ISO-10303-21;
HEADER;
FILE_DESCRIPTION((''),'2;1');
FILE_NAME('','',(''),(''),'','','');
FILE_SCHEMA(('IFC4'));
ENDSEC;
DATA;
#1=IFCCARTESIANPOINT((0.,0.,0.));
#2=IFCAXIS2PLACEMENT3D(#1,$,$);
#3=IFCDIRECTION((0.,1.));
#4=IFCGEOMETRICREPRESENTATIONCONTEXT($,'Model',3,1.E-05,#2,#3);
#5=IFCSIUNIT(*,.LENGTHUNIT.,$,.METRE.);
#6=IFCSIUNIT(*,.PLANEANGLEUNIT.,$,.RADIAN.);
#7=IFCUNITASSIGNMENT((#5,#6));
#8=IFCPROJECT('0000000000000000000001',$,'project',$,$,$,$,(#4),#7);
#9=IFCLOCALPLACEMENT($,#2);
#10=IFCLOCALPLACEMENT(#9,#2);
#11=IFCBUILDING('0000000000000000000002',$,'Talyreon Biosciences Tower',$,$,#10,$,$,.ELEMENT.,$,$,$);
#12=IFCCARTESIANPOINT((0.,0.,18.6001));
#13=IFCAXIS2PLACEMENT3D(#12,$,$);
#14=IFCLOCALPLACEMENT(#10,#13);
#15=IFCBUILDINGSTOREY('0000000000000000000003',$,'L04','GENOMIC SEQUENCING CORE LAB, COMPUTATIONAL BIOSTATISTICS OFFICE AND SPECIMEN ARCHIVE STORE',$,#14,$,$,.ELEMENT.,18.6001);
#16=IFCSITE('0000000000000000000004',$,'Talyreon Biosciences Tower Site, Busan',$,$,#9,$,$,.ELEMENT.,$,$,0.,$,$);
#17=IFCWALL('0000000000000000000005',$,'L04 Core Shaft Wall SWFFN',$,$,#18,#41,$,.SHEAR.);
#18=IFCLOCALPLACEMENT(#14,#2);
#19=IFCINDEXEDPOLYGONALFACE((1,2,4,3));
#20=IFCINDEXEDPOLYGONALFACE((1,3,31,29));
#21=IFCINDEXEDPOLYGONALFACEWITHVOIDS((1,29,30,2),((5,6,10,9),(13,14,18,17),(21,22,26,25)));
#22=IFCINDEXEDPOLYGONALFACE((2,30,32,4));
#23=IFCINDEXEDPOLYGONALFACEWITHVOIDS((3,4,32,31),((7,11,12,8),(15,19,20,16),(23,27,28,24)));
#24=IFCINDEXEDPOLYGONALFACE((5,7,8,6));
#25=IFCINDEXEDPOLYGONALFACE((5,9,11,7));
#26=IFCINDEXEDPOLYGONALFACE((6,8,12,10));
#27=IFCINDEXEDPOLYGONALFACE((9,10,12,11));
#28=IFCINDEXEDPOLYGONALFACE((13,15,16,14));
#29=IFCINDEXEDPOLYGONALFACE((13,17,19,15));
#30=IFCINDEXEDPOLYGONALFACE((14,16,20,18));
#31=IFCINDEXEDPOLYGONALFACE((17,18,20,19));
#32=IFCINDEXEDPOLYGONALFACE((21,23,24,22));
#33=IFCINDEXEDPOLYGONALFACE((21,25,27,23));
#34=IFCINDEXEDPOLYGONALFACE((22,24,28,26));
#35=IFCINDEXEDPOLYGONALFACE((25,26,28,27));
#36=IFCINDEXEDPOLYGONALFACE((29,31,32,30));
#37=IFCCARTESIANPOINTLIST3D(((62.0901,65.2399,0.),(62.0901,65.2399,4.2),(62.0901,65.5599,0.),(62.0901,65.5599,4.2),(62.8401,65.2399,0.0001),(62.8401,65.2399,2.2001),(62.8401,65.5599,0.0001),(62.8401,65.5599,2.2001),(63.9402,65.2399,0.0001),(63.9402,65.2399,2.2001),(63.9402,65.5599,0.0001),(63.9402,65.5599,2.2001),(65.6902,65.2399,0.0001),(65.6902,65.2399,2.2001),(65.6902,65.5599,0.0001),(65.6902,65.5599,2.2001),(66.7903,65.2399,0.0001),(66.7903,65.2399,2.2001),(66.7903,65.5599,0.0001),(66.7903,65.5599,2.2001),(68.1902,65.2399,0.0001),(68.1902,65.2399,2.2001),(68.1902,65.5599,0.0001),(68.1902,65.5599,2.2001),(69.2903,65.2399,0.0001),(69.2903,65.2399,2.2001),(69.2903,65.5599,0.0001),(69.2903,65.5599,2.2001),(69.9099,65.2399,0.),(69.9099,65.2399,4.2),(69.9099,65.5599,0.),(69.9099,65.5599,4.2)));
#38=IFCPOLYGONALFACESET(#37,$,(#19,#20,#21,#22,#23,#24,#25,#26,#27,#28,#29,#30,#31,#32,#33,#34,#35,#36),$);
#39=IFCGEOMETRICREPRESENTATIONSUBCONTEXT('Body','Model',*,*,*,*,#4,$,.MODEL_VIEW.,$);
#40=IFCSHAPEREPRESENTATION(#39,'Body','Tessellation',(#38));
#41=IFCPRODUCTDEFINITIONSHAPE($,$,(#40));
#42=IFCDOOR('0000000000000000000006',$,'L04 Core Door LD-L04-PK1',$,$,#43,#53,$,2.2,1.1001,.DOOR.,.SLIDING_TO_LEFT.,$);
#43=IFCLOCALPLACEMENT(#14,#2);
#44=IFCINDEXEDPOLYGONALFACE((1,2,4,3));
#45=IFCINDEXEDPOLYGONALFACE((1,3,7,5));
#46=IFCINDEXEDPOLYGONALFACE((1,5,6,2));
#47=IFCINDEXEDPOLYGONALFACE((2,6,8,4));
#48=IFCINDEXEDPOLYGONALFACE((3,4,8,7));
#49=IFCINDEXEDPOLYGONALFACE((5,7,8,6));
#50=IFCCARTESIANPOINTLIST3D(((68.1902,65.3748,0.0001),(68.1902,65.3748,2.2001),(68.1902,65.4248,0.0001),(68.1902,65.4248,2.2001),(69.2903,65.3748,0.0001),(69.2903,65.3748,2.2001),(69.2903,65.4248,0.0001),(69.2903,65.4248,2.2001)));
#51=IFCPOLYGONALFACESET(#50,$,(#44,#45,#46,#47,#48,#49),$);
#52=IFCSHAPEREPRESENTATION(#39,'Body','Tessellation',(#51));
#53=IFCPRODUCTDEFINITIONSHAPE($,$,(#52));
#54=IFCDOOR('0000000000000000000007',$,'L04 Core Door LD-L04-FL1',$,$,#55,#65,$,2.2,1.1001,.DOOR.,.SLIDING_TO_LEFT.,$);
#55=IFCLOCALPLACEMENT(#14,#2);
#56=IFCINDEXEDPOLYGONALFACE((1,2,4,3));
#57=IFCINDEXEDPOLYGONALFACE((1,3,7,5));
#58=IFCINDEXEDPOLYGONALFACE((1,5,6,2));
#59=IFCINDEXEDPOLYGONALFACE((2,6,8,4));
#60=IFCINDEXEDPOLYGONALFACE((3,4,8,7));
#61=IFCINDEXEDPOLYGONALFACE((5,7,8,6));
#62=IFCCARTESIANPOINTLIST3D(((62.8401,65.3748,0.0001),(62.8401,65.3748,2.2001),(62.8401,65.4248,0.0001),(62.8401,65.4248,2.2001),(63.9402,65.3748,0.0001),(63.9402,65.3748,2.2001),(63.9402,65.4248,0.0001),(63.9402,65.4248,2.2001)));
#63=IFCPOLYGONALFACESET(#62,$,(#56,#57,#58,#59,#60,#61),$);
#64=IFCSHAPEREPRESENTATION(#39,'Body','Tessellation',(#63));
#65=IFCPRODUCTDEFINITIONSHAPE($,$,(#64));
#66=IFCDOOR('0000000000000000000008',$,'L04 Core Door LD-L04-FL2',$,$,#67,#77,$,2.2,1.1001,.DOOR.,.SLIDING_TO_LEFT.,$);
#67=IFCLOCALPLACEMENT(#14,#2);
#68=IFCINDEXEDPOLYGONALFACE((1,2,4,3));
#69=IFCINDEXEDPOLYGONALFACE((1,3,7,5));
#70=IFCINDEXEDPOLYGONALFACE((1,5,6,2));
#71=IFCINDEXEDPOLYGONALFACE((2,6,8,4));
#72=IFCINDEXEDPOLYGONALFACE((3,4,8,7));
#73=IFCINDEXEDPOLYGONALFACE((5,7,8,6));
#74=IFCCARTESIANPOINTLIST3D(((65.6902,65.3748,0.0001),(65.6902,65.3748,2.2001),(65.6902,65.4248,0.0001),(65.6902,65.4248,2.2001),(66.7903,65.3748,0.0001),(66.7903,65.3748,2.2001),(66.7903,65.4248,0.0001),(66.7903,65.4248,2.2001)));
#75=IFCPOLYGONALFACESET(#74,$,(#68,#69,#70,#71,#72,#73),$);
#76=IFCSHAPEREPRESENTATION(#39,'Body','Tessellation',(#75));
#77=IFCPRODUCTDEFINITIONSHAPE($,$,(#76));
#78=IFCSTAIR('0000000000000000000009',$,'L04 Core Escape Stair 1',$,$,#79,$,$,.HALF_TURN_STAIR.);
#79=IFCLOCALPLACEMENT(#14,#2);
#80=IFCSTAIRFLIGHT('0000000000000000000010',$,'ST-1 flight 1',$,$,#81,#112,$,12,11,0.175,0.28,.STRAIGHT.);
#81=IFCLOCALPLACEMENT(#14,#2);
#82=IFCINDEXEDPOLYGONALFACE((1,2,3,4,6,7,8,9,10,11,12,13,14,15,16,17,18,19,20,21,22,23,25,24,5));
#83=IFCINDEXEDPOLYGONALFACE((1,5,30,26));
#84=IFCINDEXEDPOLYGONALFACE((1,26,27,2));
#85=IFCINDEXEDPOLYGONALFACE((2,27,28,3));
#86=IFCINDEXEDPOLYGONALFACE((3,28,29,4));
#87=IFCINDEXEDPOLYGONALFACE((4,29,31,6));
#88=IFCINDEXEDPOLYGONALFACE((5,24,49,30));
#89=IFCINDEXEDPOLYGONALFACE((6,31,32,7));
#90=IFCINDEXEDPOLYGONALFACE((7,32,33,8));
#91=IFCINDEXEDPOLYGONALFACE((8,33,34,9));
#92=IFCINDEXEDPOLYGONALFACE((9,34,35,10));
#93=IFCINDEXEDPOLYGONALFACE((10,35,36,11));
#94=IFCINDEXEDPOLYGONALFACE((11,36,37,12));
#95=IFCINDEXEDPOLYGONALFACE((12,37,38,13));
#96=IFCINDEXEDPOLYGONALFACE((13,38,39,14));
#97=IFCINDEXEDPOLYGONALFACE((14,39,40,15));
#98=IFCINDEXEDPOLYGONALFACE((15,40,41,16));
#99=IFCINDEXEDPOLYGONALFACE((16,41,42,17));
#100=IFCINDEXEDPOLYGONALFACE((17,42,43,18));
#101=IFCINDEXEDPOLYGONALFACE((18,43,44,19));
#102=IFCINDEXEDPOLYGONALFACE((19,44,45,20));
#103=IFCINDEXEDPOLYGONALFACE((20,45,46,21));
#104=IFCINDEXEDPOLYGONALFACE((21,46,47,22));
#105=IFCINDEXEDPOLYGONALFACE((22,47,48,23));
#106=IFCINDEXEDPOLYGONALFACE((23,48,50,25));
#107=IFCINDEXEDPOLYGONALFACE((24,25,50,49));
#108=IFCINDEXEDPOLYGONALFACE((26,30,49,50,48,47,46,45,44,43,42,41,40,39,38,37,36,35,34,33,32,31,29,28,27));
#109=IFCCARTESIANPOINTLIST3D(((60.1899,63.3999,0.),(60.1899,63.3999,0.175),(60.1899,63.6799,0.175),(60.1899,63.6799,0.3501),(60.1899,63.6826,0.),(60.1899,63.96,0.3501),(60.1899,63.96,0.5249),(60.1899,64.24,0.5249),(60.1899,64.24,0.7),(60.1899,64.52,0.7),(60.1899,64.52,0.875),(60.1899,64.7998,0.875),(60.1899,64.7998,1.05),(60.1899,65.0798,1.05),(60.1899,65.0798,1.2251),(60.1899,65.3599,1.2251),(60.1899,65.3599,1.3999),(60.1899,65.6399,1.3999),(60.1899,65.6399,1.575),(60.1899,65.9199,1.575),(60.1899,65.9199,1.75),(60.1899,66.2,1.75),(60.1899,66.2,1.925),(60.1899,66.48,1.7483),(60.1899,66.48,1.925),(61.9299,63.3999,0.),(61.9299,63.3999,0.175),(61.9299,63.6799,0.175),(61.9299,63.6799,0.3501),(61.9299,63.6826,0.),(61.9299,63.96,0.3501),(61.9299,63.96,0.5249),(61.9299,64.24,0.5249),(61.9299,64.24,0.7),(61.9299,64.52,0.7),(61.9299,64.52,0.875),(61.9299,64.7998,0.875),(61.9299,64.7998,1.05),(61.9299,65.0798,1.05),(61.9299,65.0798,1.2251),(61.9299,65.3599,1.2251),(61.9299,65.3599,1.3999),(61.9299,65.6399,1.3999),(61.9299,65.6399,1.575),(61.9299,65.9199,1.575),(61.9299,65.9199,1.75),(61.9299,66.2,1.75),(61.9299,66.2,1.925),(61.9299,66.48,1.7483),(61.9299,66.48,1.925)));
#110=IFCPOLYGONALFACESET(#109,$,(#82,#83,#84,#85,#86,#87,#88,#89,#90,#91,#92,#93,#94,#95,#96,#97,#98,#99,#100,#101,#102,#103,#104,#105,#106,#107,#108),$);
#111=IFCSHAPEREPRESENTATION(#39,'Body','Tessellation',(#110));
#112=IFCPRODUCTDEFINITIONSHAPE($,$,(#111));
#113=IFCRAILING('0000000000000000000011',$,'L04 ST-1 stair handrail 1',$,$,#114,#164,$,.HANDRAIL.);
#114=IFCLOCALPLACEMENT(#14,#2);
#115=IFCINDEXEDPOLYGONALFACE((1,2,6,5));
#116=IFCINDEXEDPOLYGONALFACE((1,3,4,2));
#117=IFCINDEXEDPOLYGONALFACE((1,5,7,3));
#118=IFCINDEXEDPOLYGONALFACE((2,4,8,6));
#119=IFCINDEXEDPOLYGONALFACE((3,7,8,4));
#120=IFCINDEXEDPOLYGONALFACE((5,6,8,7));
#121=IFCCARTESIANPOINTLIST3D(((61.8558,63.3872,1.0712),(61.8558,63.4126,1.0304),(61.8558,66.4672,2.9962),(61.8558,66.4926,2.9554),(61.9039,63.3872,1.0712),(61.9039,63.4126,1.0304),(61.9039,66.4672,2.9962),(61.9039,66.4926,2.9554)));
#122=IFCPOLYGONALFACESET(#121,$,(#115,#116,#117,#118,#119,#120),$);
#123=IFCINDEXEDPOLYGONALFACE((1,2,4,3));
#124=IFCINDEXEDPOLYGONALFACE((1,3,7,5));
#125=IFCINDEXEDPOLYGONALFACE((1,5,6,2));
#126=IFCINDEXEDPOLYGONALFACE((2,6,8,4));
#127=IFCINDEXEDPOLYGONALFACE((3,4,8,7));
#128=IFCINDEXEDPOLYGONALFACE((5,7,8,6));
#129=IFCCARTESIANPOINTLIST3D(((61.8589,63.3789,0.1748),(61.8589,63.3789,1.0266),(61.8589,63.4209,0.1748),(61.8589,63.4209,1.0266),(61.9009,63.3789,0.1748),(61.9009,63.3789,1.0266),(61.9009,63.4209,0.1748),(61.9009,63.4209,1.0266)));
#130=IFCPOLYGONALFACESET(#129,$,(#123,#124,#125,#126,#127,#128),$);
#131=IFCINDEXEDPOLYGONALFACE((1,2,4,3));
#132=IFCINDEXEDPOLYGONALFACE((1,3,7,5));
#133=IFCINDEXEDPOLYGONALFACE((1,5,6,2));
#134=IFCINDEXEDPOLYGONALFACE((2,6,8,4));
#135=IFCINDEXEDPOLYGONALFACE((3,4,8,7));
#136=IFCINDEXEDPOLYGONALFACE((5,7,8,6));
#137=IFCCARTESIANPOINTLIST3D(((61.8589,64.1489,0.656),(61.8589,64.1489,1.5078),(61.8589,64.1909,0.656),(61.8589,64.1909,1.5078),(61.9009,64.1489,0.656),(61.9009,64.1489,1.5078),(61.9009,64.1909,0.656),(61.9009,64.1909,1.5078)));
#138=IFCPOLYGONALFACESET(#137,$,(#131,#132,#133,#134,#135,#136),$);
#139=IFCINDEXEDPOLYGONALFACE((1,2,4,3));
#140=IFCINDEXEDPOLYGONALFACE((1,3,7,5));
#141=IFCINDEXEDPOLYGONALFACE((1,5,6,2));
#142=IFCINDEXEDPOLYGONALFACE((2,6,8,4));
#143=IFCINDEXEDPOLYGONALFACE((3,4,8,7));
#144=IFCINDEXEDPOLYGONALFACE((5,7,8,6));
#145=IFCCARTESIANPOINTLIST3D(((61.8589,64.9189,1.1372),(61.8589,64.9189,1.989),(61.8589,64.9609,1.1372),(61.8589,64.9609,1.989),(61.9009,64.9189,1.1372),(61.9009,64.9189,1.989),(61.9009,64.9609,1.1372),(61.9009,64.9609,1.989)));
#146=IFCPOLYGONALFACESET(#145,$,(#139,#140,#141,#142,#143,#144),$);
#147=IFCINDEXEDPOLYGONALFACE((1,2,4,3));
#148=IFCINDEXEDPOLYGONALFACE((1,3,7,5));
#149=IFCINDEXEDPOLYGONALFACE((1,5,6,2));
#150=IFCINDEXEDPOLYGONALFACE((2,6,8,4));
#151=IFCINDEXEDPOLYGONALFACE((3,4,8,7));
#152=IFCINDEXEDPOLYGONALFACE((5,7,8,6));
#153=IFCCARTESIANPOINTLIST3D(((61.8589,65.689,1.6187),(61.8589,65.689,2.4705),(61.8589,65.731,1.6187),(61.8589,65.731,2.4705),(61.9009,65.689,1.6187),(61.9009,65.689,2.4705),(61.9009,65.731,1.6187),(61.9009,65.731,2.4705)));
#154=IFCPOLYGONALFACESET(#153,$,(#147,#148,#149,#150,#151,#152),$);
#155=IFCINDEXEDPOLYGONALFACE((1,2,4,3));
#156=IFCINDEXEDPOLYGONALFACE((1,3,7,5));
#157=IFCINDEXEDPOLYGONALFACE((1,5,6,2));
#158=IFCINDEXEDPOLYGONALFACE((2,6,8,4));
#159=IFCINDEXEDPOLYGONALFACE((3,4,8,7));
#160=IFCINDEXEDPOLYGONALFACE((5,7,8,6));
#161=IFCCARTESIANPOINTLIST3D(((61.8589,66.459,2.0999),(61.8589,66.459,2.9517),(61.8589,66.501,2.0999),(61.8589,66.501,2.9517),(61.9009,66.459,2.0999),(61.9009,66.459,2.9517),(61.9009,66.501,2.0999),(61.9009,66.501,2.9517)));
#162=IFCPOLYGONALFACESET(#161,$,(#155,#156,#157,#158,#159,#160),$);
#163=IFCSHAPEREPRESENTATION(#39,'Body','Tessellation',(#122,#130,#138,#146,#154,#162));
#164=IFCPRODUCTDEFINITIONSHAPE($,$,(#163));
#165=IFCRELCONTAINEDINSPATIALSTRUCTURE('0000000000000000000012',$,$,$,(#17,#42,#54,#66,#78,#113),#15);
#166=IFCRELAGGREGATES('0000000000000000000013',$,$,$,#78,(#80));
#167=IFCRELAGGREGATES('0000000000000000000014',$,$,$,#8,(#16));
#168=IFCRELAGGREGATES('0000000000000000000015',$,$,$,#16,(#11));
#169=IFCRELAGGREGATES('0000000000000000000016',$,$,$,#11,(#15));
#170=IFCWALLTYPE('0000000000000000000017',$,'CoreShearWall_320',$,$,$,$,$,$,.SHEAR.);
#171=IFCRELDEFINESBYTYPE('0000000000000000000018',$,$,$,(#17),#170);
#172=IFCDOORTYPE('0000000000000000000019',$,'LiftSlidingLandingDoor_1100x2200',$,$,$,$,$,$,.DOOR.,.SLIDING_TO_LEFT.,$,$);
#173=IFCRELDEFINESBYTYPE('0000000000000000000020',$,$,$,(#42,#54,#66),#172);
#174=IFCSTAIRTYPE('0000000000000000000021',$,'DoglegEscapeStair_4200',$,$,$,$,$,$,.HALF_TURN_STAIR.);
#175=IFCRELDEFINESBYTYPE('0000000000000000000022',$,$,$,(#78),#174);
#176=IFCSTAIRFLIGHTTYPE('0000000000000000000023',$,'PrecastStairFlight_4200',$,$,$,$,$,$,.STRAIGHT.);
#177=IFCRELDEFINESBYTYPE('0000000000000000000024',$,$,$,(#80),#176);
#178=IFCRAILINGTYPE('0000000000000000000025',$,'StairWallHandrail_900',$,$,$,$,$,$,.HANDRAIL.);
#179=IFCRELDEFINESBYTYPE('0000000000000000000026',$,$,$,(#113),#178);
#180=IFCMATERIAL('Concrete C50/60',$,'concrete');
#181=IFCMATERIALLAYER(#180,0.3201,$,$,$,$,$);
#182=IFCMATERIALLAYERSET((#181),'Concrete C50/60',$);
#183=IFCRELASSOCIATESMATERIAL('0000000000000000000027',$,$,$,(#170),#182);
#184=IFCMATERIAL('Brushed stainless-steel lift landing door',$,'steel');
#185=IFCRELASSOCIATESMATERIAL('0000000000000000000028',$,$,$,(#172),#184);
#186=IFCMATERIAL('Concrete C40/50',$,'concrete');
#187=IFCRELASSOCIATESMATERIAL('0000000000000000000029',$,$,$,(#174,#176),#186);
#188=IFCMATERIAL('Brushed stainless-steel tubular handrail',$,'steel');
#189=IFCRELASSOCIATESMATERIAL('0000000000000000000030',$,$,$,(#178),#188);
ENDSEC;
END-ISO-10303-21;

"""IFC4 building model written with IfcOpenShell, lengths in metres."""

from ifc_helpers import new_model, si_unit, direction, frame, frame_2d, origin, origin_2d, place, context, subcontext, project, spatial, polyline, rectangle, outline, extrude, material, layer, layer_set, type_object, element, fill, aggregate, save


model = new_model("IFC4")

# Units and contexts
model_context = context("Model", 3, precision=1e-05, world=origin(), true_north=direction((0.0, 1.0)))
body_context = subcontext(model_context, "Body", "Model", "MODEL_VIEW")
ifc_project = project(units=[si_unit("LENGTHUNIT", "METRE"), si_unit("PLANEANGLEUNIT", "RADIAN")], contexts=[model_context])

# Site, building, storey
site_placement = place(None, origin())
site = spatial("IfcSite", under=ifc_project, at=site_placement, Name="Talyreon Biosciences Tower Site, Busan", CompositionType="ELEMENT", RefElevation=0.0)
building_placement = place(site_placement, origin())
building = spatial("IfcBuilding", under=site, at=building_placement, Name="Talyreon Biosciences Tower", CompositionType="ELEMENT")
storey_placement = place(building_placement, frame((0.0, 0.0, 18.6001)))
storey = spatial("IfcBuildingStorey", under=building, at=storey_placement, Name="L04", Description="GENOMIC SEQUENCING CORE LAB, COMPUTATIONAL BIOSTATISTICS OFFICE AND SPECIMEN ARCHIVE STORE", CompositionType="ELEMENT", Elevation=18.6001)

# Shared definitions
ifc_material_1 = material(Name="Concrete C50/60", Category="concrete")

# Shared definitions
ifc_layer_1 = layer(ifc_material_1, 0.3201)
ifc_layer_set_1 = layer_set([ifc_layer_1], Name="Concrete C50/60")
wall_type_1 = type_object("IfcWallType", Name="CoreShearWall_320", PredefinedType="SHEAR", material=ifc_layer_set_1)

# Shared definitions
ifc_material_2 = material(Name="Brushed stainless-steel lift landing door", Category="steel")
door_type_1 = type_object("IfcDoorType", Name="LiftSlidingLandingDoor_1100x2200", OperationType="SLIDING_TO_LEFT", PredefinedType="DOOR", material=ifc_material_2)

# Wall, openings, doors
wall_1_placement = place(storey_placement, frame((62.0901, 65.3999, 0.0), z_axis=(0.0, 0.0, 1.0), x_axis=(1.0, 0.0, 0.0)))
wall_1 = element("IfcWall", 1, at=wall_1_placement, inside=storey, type_object=wall_type_1, Name="L04 Core Shaft Wall SWFFN", PredefinedType="SHEAR", context=body_context, shape_type="SweptSolid", body=[
    extrude(rectangle(XDim=7.8198, YDim=0.3201, at=frame_2d((3.9099, 0.0))), origin(), (0.0, 0.0, 1.0), 4.2),
])
opening_1_placement = place(wall_1_placement, frame((6.1001, 0.0, 0.0)))
opening_1 = element("IfcOpeningElement", 2, at=opening_1_placement, cuts=wall_1, PredefinedType="OPENING", context=body_context, shape_type="SweptSolid", body=[
    extrude(rectangle(XDim=1.1001, YDim=2.2, at=frame_2d((0.55, 1.1001))), frame((0.0, 0.1699, 0.0), z_axis=(0.0, -1.0, 0.0), x_axis=(1.0, 0.0, 0.0)), (0.0, 0.0, 1.0), 0.3401),
])
opening_2_placement = place(wall_1_placement, frame((0.75, 0.0, 0.0)))
opening_2 = element("IfcOpeningElement", 3, at=opening_2_placement, cuts=wall_1, PredefinedType="OPENING", context=body_context, shape_type="SweptSolid", body=[
    extrude(rectangle(XDim=1.1001, YDim=2.2, at=frame_2d((0.55, 1.1001))), frame((0.0, 0.1699, 0.0), z_axis=(0.0, -1.0, 0.0), x_axis=(1.0, 0.0, 0.0)), (0.0, 0.0, 1.0), 0.3401),
])
opening_3_placement = place(wall_1_placement, frame((3.6001, 0.0, 0.0)))
opening_3 = element("IfcOpeningElement", 4, at=opening_3_placement, cuts=wall_1, PredefinedType="OPENING", context=body_context, shape_type="SweptSolid", body=[
    extrude(rectangle(XDim=1.1001, YDim=2.2, at=frame_2d((0.55, 1.1001))), frame((0.0, 0.1699, 0.0), z_axis=(0.0, -1.0, 0.0), x_axis=(1.0, 0.0, 0.0)), (0.0, 0.0, 1.0), 0.3401),
])
door_1_placement = place(opening_1_placement, origin())
door_1 = element("IfcDoor", 5, at=door_1_placement, inside=storey, type_object=door_type_1, Name="L04 Core Door LD-L04-PK1", OperationType="SLIDING_TO_LEFT", OverallHeight=2.2, OverallWidth=1.1001, PredefinedType="DOOR", context=body_context, shape_type="SweptSolid", body=[
    extrude(rectangle(XDim=1.1001, YDim=2.2, at=frame_2d((0.55, 1.1001))), frame((0.0, 0.0249, 0.0), z_axis=(0.0, -1.0, 0.0), x_axis=(1.0, 0.0, 0.0)), (0.0, 0.0, 1.0), 0.05),
])
fill(opening_1, door_1)
door_2_placement = place(opening_2_placement, origin())
door_2 = element("IfcDoor", 6, at=door_2_placement, inside=storey, type_object=door_type_1, Name="L04 Core Door LD-L04-FL1", OperationType="SLIDING_TO_LEFT", OverallHeight=2.2, OverallWidth=1.1001, PredefinedType="DOOR", context=body_context, shape_type="SweptSolid", body=[
    extrude(rectangle(XDim=1.1001, YDim=2.2, at=frame_2d((0.55, 1.1001))), frame((0.0, 0.0249, 0.0), z_axis=(0.0, -1.0, 0.0), x_axis=(1.0, 0.0, 0.0)), (0.0, 0.0, 1.0), 0.05),
])
fill(opening_2, door_2)
door_3_placement = place(opening_3_placement, origin())
door_3 = element("IfcDoor", 7, at=door_3_placement, inside=storey, type_object=door_type_1, Name="L04 Core Door LD-L04-FL2", OperationType="SLIDING_TO_LEFT", OverallHeight=2.2, OverallWidth=1.1001, PredefinedType="DOOR", context=body_context, shape_type="SweptSolid", body=[
    extrude(rectangle(XDim=1.1001, YDim=2.2, at=frame_2d((0.55, 1.1001))), frame((0.0, 0.0249, 0.0), z_axis=(0.0, -1.0, 0.0), x_axis=(1.0, 0.0, 0.0)), (0.0, 0.0, 1.0), 0.05),
])
fill(opening_3, door_3)

# Stair, stair flight
ifc_material_3 = material(Name="Concrete C40/50", Category="concrete")
stair_type = type_object("IfcStairType", Name="DoglegEscapeStair_4200", PredefinedType="HALF_TURN_STAIR", material=ifc_material_3)
stair_placement = place(storey_placement, origin())
stair = element("IfcStair", 8, at=stair_placement, inside=storey, type_object=stair_type, Name="L04 Core Escape Stair 1", PredefinedType="HALF_TURN_STAIR")
stair_flight_type = type_object("IfcStairFlightType", Name="PrecastStairFlight_4200", PredefinedType="STRAIGHT", material=ifc_material_3)
stair_flight_placement = place(storey_placement, frame((61.0601, 63.3999, 0.0), z_axis=(0.0, 0.0, 1.0), x_axis=(0.0, 1.0, 0.0)))
stair_flight = element("IfcStairFlight", 9, at=stair_flight_placement, type_object=stair_flight_type, Name="ST-1 flight 1", NumberOfRisers=12, NumberOfTreads=11, PredefinedType="STRAIGHT", RiserHeight=0.175, TreadLength=0.28, context=body_context, shape_type="SweptSolid", body=[
    extrude(outline(polyline([(0.0, 0.0), (0.0, 0.175), (0.28, 0.175), (0.28, 0.3501), (0.5601, 0.3501), (0.5601, 0.5249), (0.8401, 0.5249), (0.8401, 0.7), (1.1201, 0.7), (1.1201, 0.875), (1.3999, 0.875), (1.3999, 1.05), (1.6799, 1.05), (1.6799, 1.2251), (1.96, 1.2251), (1.96, 1.3999), (2.24, 1.3999), (2.24, 1.575), (2.52, 1.575), (2.52, 1.75), (2.8, 1.75), (2.8, 1.925), (3.0801, 1.925), (3.0801, 2.1001), (3.0801, 1.7483), (0.2827, 0.0), (0.0, 0.0)])), frame((0.0, 0.8701, 0.0), z_axis=(0.0, -1.0, 0.0), x_axis=(1.0, 0.0, 0.0)), (0.0, 0.0, 1.0), 1.74),
])
aggregate(stair, [stair_flight])

# Railing
ifc_material_4 = material(Name="Brushed stainless-steel tubular handrail", Category="steel")
railing_type_1 = type_object("IfcRailingType", Name="StairWallHandrail_900", PredefinedType="HANDRAIL", material=ifc_material_4)
railing_1_placement = place(storey_placement, frame((61.8799, 63.3999, 0.1748)))
element("IfcRailing", 10, at=railing_1_placement, inside=storey, type_object=railing_type_1, Name="L04 ST-1 stair handrail 1", PredefinedType="HANDRAIL", context=body_context, shape_type="SweptSolid", body=[
    extrude(rectangle(XDim=0.0481, YDim=0.0481, at=origin_2d()), frame((0.0, 0.0, 0.876), z_axis=(0.0, 0.847998, 0.529999), x_axis=(-1.0, 0.0, 0.0)), (0.0, 0.0, 1.0), 3.6321),
    extrude(rectangle(XDim=0.042, YDim=0.042, at=origin_2d()), origin(), (0.0, 0.0, 1.0), 0.8518),
    extrude(rectangle(XDim=0.042, YDim=0.042, at=origin_2d()), frame((0.0, 0.77, 0.4812)), (0.0, 0.0, 1.0), 0.8518),
    extrude(rectangle(XDim=0.042, YDim=0.042, at=origin_2d()), frame((0.0, 1.54, 0.9624)), (0.0, 0.0, 1.0), 0.8518),
    extrude(rectangle(XDim=0.042, YDim=0.042, at=origin_2d()), frame((0.0, 2.3101, 1.4438)), (0.0, 0.0, 1.0), 0.8518),
    extrude(rectangle(XDim=0.042, YDim=0.042, at=origin_2d()), frame((0.0, 3.0801, 1.925)), (0.0, 0.0, 1.0), 0.8518),
])

save(model, "model.ifc")
